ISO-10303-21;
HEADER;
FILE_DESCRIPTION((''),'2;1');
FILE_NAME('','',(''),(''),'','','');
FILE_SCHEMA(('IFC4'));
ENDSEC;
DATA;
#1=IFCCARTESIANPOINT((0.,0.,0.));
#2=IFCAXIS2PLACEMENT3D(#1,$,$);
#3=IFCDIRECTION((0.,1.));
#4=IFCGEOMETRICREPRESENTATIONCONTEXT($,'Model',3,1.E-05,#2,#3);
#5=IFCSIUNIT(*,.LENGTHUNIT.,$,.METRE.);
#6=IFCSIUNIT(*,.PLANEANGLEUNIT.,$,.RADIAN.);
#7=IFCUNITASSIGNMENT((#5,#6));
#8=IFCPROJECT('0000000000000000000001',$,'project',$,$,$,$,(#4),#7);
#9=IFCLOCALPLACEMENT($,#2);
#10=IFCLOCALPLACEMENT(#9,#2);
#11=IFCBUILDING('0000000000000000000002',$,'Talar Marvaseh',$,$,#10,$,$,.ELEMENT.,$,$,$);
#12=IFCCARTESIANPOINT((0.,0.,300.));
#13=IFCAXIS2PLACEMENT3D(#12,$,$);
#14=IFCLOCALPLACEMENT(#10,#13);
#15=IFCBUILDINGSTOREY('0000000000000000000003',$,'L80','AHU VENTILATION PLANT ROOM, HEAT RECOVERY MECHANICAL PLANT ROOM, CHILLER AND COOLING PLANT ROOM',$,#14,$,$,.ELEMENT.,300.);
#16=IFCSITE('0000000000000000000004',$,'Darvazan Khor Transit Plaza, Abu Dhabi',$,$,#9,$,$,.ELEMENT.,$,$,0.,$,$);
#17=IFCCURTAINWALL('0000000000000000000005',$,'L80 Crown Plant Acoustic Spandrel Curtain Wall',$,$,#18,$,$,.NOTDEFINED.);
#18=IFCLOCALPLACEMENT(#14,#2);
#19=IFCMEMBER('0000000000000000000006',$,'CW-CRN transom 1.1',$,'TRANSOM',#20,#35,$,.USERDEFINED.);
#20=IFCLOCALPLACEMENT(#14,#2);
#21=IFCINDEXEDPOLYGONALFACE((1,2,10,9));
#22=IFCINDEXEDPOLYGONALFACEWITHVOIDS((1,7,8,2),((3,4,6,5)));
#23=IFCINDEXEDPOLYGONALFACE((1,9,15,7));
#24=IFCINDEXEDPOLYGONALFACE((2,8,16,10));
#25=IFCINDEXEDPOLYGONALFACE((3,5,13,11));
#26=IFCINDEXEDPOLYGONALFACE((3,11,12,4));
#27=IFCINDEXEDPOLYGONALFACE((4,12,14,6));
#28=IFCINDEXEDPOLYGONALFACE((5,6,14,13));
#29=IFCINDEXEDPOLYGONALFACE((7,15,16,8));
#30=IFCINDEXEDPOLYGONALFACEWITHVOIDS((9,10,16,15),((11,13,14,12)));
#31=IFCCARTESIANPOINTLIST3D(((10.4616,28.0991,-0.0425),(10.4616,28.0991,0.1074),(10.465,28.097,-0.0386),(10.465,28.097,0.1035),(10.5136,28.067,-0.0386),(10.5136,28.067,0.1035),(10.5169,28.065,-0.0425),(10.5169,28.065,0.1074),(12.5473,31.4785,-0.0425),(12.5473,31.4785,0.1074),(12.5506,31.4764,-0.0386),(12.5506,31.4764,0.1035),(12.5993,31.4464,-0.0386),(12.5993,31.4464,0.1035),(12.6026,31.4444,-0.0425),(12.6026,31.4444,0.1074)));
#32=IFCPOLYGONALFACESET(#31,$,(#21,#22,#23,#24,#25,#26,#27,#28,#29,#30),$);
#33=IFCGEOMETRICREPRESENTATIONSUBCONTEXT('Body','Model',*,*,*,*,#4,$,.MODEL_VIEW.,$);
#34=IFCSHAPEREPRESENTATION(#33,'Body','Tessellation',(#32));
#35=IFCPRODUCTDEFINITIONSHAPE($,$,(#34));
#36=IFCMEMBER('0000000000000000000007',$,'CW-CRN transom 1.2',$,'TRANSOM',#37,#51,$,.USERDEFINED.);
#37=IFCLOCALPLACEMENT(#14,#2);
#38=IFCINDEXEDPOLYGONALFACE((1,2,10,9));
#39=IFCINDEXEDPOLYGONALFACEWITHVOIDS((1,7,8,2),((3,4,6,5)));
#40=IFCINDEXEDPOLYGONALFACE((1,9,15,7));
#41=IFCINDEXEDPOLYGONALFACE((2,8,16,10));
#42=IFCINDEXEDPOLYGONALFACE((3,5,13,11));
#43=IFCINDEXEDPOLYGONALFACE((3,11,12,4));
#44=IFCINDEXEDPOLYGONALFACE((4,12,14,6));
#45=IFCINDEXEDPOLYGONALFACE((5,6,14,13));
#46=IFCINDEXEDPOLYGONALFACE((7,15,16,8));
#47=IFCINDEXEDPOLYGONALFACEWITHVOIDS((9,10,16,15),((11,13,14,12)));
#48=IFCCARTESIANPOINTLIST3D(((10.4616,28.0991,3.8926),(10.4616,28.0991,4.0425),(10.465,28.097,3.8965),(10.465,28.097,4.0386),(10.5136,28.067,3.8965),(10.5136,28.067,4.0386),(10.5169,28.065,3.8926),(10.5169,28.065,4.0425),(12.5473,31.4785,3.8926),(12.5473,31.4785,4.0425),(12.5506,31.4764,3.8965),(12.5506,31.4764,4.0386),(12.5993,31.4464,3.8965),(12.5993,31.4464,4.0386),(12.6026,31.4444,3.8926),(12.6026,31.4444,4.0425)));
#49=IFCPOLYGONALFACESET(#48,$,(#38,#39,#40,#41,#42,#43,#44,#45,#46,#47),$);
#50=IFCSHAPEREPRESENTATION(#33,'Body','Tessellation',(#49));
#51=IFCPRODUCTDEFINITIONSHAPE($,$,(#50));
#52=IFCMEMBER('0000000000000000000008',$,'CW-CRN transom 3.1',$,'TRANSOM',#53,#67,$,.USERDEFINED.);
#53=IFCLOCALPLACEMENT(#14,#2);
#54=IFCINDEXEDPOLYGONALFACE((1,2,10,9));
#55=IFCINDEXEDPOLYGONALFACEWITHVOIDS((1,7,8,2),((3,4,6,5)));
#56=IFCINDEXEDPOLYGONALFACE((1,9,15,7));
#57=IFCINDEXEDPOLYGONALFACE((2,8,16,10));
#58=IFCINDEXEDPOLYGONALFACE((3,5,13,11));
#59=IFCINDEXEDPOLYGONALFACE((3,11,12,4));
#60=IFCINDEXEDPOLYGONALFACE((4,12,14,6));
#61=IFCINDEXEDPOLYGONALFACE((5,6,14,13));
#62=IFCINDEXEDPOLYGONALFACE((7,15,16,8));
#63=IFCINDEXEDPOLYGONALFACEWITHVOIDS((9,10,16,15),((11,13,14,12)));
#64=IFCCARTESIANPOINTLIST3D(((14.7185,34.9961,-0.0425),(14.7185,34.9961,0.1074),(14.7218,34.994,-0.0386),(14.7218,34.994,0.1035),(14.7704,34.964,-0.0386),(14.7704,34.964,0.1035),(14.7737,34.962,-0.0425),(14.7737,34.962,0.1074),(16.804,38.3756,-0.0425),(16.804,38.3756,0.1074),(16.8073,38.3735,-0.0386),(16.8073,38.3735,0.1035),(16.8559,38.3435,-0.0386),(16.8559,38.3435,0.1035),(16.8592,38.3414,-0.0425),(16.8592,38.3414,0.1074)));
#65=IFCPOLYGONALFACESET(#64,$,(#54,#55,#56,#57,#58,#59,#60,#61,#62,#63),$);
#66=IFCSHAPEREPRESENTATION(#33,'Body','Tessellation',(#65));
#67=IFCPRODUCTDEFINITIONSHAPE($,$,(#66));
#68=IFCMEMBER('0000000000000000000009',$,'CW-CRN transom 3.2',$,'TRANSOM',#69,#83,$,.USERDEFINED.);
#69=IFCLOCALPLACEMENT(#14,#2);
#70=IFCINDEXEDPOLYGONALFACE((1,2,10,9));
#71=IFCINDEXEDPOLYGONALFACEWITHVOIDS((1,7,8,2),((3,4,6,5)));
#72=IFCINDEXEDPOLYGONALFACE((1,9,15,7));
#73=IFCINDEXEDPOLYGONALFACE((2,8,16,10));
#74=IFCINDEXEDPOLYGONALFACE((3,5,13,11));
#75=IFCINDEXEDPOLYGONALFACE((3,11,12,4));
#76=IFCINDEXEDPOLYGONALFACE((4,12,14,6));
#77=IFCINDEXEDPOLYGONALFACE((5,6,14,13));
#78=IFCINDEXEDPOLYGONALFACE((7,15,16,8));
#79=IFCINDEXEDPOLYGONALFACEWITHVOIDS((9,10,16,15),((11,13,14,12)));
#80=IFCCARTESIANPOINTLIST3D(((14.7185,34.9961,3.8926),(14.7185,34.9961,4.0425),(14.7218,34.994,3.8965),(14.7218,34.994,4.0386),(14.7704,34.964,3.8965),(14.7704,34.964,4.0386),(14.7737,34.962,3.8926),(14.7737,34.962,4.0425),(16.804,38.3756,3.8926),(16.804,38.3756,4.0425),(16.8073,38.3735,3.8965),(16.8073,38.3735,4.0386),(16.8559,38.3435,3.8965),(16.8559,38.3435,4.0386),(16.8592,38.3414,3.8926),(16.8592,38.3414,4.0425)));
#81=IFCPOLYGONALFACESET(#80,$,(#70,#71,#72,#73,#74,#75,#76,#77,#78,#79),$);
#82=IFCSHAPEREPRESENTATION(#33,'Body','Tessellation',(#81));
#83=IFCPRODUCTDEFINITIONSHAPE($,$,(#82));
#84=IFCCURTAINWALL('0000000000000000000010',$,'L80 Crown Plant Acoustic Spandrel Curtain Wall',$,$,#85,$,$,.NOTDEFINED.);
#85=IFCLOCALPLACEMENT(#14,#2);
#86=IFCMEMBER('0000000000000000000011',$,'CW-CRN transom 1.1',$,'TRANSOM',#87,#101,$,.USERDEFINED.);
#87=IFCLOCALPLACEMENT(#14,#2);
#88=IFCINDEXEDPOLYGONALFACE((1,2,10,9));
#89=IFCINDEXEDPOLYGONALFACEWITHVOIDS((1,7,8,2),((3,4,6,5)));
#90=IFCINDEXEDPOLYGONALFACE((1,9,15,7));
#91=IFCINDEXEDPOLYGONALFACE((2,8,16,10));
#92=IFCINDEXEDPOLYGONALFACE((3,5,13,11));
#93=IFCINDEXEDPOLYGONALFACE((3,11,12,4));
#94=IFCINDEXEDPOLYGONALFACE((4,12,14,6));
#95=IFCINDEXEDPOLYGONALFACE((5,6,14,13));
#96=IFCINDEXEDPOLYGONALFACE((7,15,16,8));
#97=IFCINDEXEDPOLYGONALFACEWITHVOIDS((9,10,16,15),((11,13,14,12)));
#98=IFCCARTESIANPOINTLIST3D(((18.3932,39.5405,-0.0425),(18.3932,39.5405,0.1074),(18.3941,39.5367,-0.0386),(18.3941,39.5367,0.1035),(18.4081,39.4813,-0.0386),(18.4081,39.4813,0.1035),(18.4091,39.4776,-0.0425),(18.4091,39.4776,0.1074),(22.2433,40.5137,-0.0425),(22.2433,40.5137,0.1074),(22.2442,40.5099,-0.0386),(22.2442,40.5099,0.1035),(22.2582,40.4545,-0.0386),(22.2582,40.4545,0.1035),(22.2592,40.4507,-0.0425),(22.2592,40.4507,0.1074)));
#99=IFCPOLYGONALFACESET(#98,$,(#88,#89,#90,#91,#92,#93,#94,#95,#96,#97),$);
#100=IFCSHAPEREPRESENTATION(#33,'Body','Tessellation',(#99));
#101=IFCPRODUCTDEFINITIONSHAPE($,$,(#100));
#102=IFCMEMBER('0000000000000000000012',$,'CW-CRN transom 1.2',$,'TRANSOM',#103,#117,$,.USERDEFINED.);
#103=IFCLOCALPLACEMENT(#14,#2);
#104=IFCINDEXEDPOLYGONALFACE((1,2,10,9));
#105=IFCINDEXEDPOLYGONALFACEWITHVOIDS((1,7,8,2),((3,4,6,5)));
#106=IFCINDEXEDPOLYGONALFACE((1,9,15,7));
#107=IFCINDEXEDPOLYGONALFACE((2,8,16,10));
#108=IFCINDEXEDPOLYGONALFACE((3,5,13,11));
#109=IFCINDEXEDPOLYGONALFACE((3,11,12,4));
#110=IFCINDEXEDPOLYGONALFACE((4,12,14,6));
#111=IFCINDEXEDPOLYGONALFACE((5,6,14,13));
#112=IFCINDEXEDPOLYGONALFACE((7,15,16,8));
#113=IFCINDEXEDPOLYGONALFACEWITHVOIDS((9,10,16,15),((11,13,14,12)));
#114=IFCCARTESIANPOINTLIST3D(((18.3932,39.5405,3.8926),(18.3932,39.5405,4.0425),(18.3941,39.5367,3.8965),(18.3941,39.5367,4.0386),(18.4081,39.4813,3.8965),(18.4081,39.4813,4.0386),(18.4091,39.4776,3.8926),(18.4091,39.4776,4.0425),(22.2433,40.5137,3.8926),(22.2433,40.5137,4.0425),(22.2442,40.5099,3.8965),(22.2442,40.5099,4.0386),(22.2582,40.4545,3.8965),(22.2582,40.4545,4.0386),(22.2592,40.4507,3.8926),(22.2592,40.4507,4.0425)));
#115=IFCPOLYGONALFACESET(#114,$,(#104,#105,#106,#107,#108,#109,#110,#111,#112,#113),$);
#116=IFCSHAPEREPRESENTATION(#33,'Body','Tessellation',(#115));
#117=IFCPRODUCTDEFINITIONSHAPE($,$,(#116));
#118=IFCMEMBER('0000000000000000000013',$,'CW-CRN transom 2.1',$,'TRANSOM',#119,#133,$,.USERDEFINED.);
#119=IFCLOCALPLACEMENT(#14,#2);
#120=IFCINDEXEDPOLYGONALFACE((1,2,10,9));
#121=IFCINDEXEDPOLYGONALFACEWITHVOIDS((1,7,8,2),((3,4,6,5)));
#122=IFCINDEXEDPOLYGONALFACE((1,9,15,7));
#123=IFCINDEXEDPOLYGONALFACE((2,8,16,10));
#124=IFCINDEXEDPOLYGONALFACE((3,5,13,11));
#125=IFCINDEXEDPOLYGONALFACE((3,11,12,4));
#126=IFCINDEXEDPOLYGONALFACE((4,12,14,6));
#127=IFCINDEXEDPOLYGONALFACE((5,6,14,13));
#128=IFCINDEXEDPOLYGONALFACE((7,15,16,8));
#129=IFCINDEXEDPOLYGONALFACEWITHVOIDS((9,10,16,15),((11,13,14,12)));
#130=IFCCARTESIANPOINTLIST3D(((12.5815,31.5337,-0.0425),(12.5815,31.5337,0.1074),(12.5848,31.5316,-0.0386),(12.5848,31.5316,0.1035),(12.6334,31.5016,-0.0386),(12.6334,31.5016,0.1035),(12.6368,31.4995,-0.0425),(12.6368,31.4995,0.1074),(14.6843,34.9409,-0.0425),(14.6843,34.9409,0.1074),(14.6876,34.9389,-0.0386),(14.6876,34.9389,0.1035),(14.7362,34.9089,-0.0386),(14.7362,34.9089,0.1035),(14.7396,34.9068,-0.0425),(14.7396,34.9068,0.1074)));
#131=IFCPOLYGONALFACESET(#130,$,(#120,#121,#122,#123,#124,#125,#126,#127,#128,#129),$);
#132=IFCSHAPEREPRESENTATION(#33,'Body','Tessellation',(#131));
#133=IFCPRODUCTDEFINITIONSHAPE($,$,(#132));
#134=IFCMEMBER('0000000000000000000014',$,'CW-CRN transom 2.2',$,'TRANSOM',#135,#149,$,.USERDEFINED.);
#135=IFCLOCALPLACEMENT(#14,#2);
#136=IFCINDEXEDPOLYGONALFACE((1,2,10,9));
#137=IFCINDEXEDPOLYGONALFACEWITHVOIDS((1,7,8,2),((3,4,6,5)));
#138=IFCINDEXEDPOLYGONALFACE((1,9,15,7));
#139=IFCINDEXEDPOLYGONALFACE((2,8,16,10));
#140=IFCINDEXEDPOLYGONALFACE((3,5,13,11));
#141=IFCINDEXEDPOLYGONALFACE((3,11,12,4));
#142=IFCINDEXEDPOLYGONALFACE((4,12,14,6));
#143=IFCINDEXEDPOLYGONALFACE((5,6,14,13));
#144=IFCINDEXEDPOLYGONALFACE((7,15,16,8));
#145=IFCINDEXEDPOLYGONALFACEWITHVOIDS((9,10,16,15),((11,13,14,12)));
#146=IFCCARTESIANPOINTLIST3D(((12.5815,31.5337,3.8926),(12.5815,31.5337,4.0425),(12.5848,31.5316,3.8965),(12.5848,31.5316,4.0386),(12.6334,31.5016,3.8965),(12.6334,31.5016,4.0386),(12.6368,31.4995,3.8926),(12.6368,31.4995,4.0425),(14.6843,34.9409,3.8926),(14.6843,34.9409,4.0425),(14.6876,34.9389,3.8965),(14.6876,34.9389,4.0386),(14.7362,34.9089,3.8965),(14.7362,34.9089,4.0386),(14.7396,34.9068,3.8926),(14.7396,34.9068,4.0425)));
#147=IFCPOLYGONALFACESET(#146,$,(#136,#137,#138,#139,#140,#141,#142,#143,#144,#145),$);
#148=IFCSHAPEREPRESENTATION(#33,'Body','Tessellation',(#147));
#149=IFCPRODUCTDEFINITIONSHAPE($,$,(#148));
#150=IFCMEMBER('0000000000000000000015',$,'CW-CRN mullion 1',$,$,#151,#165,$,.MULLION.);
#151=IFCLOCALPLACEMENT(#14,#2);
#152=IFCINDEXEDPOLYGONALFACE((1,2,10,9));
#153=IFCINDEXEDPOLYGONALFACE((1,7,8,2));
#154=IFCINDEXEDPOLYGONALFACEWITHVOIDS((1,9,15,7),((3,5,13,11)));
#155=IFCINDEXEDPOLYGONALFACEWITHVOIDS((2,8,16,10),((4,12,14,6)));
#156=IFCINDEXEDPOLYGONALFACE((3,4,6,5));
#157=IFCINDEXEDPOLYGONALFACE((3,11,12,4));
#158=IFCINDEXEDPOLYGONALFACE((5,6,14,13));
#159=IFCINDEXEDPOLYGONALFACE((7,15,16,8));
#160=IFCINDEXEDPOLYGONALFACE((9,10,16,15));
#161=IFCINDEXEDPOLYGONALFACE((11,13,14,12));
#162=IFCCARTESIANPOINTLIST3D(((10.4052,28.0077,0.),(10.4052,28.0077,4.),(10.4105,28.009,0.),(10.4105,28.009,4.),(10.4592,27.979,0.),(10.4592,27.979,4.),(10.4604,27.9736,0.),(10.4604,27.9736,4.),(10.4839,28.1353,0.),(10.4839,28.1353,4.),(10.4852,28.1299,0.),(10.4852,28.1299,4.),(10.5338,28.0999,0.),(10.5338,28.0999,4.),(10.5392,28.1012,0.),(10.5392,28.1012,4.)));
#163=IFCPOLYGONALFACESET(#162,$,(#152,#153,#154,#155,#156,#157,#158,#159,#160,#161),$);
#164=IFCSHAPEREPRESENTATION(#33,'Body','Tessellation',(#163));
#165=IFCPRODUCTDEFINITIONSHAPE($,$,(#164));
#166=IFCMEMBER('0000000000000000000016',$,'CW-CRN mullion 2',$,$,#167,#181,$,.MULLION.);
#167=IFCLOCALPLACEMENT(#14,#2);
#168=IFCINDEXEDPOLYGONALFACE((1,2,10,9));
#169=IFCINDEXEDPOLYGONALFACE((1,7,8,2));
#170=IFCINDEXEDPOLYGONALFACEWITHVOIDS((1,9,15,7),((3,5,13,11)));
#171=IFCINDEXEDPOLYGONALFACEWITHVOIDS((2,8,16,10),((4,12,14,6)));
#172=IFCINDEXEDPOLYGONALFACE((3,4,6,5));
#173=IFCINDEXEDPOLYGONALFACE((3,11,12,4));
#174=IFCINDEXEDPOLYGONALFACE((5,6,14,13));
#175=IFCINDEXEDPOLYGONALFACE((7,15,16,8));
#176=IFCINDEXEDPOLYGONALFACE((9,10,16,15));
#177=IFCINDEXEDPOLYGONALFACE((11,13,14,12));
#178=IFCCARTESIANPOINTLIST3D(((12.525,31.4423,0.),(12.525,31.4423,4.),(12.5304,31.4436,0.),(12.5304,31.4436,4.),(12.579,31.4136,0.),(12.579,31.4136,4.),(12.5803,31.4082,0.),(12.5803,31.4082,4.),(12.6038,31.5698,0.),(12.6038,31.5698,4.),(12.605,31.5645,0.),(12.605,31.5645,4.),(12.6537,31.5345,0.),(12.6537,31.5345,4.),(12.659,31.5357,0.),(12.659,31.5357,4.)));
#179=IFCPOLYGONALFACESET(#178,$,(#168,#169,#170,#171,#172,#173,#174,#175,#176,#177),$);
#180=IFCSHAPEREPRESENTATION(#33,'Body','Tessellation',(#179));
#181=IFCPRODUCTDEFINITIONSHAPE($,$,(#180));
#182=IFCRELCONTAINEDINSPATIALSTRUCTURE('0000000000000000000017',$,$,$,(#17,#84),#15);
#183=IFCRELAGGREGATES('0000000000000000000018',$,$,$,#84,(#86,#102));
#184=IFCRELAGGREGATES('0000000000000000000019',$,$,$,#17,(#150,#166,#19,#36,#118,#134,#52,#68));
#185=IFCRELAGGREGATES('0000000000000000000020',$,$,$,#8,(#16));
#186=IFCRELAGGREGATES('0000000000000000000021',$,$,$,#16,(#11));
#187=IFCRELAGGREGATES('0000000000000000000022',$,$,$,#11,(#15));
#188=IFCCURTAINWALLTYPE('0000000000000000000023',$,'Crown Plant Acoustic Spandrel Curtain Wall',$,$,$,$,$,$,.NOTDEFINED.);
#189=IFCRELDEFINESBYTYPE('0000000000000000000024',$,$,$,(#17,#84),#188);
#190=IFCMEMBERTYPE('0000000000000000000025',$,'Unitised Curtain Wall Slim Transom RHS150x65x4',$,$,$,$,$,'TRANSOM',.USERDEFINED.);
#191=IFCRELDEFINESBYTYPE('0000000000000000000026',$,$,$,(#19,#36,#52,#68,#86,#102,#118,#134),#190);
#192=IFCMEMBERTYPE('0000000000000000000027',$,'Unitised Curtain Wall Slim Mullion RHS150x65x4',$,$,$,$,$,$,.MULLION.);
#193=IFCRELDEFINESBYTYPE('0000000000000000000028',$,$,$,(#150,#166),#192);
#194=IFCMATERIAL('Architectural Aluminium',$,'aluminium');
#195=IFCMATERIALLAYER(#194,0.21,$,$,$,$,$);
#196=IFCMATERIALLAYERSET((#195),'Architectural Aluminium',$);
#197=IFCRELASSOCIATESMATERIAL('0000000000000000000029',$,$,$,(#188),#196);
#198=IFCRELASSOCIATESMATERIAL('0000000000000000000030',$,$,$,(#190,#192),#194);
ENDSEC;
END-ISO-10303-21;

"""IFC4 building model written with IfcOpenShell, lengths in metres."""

from ifc_helpers import new_model, si_unit, direction, frame, origin, origin_2d, place, context, subcontext, project, spatial, hollow_rectangle, extrude, source, transform, mapped, material, layer, layer_set, material_profile, profile_set, type_object, type_shapes, element, aggregate, save


model = new_model("IFC4")

# Units and contexts
model_context = context("Model", 3, precision=1e-05, world=origin(), true_north=direction((0.0, 1.0)))
body_context = subcontext(model_context, "Body", "Model", "MODEL_VIEW")
ifc_project = project(units=[si_unit("LENGTHUNIT", "METRE"), si_unit("PLANEANGLEUNIT", "RADIAN")], contexts=[model_context])

# Site, building, storey
site_placement = place(None, origin())
site = spatial("IfcSite", under=ifc_project, at=site_placement, Name="Darvazan Khor Transit Plaza, Abu Dhabi", CompositionType="ELEMENT", RefElevation=0.0)
building_placement = place(site_placement, origin())
building = spatial("IfcBuilding", under=site, at=building_placement, Name="Talar Marvaseh", CompositionType="ELEMENT")
storey_placement = place(building_placement, frame((0.0, 0.0, 300.0)))
storey = spatial("IfcBuildingStorey", under=building, at=storey_placement, Name="L80", Description="AHU VENTILATION PLANT ROOM, HEAT RECOVERY MECHANICAL PLANT ROOM, CHILLER AND COOLING PLANT ROOM", CompositionType="ELEMENT", Elevation=300.0)

# Curtain walls, members
ifc_material_1 = material(Name="Architectural Aluminium", Category="aluminium")
ifc_layer_1 = layer(ifc_material_1, 0.21)
ifc_layer_set_1 = layer_set([ifc_layer_1], Name="Architectural Aluminium")
curtain_wall_type = type_object("IfcCurtainWallType", Name="Crown Plant Acoustic Spandrel Curtain Wall", PredefinedType="NOTDEFINED", material=ifc_layer_set_1)
curtain_wall_1_placement = place(storey_placement, origin())
curtain_wall_1 = element("IfcCurtainWall", 1, at=curtain_wall_1_placement, inside=storey, type_object=curtain_wall_type, Name="L80 Crown Plant Acoustic Spandrel Curtain Wall", PredefinedType="NOTDEFINED")
ifc_material_profile_1 = material_profile(ifc_material_1, hollow_rectangle(XDim=0.0649, YDim=0.1499, WallThickness=0.0039, at=origin_2d()), Name="RHS150x65x4")
ifc_profile_set_1 = profile_set([ifc_material_profile_1], Name="Architectural Aluminium")
member_type_1 = type_object("IfcMemberType", Name="Unitised Curtain Wall Slim Transom RHS150x65x4", ElementType="TRANSOM", PredefinedType="USERDEFINED", material=ifc_profile_set_1)
shared_shape_1 = source(origin(), body_context, "Body", "SweptSolid", [
    extrude(hollow_rectangle(XDim=0.0649, YDim=0.1499, WallThickness=0.0039, at=origin_2d()), origin(), (0.0, 0.0, 1.0), 3.9712),
])
member_1_placement = place(storey_placement, frame((10.4893, 28.082, 0.0325), z_axis=(0.525205, 0.850976, 0.0), x_axis=(-0.850976, 0.525205, 0.0)))
member_1 = element("IfcMember", 2, at=member_1_placement, type_object=member_type_1, Name="CW-CRN transom 1.1", ObjectType="TRANSOM", PredefinedType="USERDEFINED", context=body_context, shape_type="MappedRepresentation", body=[
    mapped(shared_shape_1, transform((0.0, 0.0, 0.0), x_axis=(1.0, 0.0, 0.0), y_axis=(0.0, 1.0, 0.0), z_axis=(0.0, 0.0, 1.0), scale=1.0)),
])
member_2_placement = place(storey_placement, frame((10.4893, 28.082, 3.9675), z_axis=(0.525205, 0.850976, 0.0), x_axis=(-0.850976, 0.525205, 0.0)))
member_2 = element("IfcMember", 3, at=member_2_placement, type_object=member_type_1, Name="CW-CRN transom 1.2", ObjectType="TRANSOM", PredefinedType="USERDEFINED", context=body_context, shape_type="MappedRepresentation", body=[
    mapped(shared_shape_1, transform((0.0, 0.0, 0.0), x_axis=(1.0, 0.0, 0.0), y_axis=(0.0, 1.0, 0.0), z_axis=(0.0, 0.0, 1.0), scale=1.0)),
])
member_3_placement = place(storey_placement, frame((14.7461, 34.979, 0.0325), z_axis=(0.52516, 0.851003, 0.0), x_axis=(-0.851003, 0.52516, 0.0)))
member_3 = element("IfcMember", 4, at=member_3_placement, type_object=member_type_1, Name="CW-CRN transom 3.1", ObjectType="TRANSOM", PredefinedType="USERDEFINED", context=body_context, shape_type="MappedRepresentation", body=[
    mapped(shared_shape_1, transform((0.0, 0.0, 0.0), x_axis=(1.0, 0.0, 0.0), y_axis=(0.0, 1.0, 0.0), z_axis=(0.0, 0.0, 1.0), scale=1.0)),
])
member_4_placement = place(storey_placement, frame((14.7461, 34.979, 3.9675), z_axis=(0.52516, 0.851003, 0.0), x_axis=(-0.851003, 0.52516, 0.0)))
member_4 = element("IfcMember", 5, at=member_4_placement, type_object=member_type_1, Name="CW-CRN transom 3.2", ObjectType="TRANSOM", PredefinedType="USERDEFINED", context=body_context, shape_type="MappedRepresentation", body=[
    mapped(shared_shape_1, transform((0.0, 0.0, 0.0), x_axis=(1.0, 0.0, 0.0), y_axis=(0.0, 1.0, 0.0), z_axis=(0.0, 0.0, 1.0), scale=1.0)),
])
curtain_wall_2_placement = place(storey_placement, origin())
curtain_wall_2 = element("IfcCurtainWall", 6, at=curtain_wall_2_placement, inside=storey, type_object=curtain_wall_type, Name="L80 Crown Plant Acoustic Spandrel Curtain Wall", PredefinedType="NOTDEFINED")
member_5_placement = place(storey_placement, frame((18.4011, 39.509, 0.0325), z_axis=(0.96951, 0.245052, 0.0), x_axis=(-0.245052, 0.96951, 0.0)))
member_5 = element("IfcMember", 7, at=member_5_placement, type_object=member_type_1, Name="CW-CRN transom 1.1", ObjectType="TRANSOM", PredefinedType="USERDEFINED", context=body_context, shape_type="MappedRepresentation", body=[
    mapped(shared_shape_1, transform((0.0, 0.0, 0.0), x_axis=(1.0, 0.0, 0.0), y_axis=(0.0, 1.0, 0.0), z_axis=(0.0, 0.0, 1.0), scale=1.0)),
])
member_6_placement = place(storey_placement, frame((18.4011, 39.509, 3.9675), z_axis=(0.96951, 0.245052, 0.0), x_axis=(-0.245052, 0.96951, 0.0)))
member_6 = element("IfcMember", 8, at=member_6_placement, type_object=member_type_1, Name="CW-CRN transom 1.2", ObjectType="TRANSOM", PredefinedType="USERDEFINED", context=body_context, shape_type="MappedRepresentation", body=[
    mapped(shared_shape_1, transform((0.0, 0.0, 0.0), x_axis=(1.0, 0.0, 0.0), y_axis=(0.0, 1.0, 0.0), z_axis=(0.0, 0.0, 1.0), scale=1.0)),
])

# Members
shared_shape_2 = source(origin(), body_context, "Body", "SweptSolid", [
    extrude(hollow_rectangle(XDim=0.0649, YDim=0.1499, WallThickness=0.0039, at=origin_2d()), origin(), (0.0, 0.0, 1.0), 4.0039),
])
type_shapes(member_type_1, [shared_shape_1, shared_shape_2])
member_7_placement = place(storey_placement, frame((12.6091, 31.5166, 0.0325), z_axis=(0.525189, 0.850986, 0.0), x_axis=(-0.850986, 0.525189, 0.0)))
member_7 = element("IfcMember", 9, at=member_7_placement, type_object=member_type_1, Name="CW-CRN transom 2.1", ObjectType="TRANSOM", PredefinedType="USERDEFINED", context=body_context, shape_type="MappedRepresentation", body=[
    mapped(shared_shape_2, transform((0.0, 0.0, 0.0), x_axis=(1.0, 0.0, 0.0), y_axis=(0.0, 1.0, 0.0), z_axis=(0.0, 0.0, 1.0), scale=1.0)),
])
member_8_placement = place(storey_placement, frame((12.6091, 31.5166, 3.9675), z_axis=(0.525189, 0.850986, 0.0), x_axis=(-0.850986, 0.525189, 0.0)))
member_8 = element("IfcMember", 10, at=member_8_placement, type_object=member_type_1, Name="CW-CRN transom 2.2", ObjectType="TRANSOM", PredefinedType="USERDEFINED", context=body_context, shape_type="MappedRepresentation", body=[
    mapped(shared_shape_2, transform((0.0, 0.0, 0.0), x_axis=(1.0, 0.0, 0.0), y_axis=(0.0, 1.0, 0.0), z_axis=(0.0, 0.0, 1.0), scale=1.0)),
])
ifc_material_profile_2 = material_profile(ifc_material_1, hollow_rectangle(XDim=0.0649, YDim=0.1499, WallThickness=0.0039, at=origin_2d()), Name="RHS150x65x4")
ifc_profile_set_2 = profile_set([ifc_material_profile_2], Name="Architectural Aluminium")
member_type_2 = type_object("IfcMemberType", Name="Unitised Curtain Wall Slim Mullion RHS150x65x4", PredefinedType="MULLION", material=ifc_profile_set_2)
shared_shape_3 = source(origin(), body_context, "Body", "SweptSolid", [
    extrude(hollow_rectangle(XDim=0.0649, YDim=0.1499, WallThickness=0.0039, at=origin_2d()), origin(), (0.0, 0.0, 1.0), 4.0),
])
type_shapes(member_type_2, [shared_shape_3])
member_9_placement = place(storey_placement, frame((10.4722, 28.0544, 0.0), z_axis=(0.0, 0.0, 1.0), x_axis=(-0.850977, 0.525202, 0.0)))
member_9 = element("IfcMember", 11, at=member_9_placement, type_object=member_type_2, Name="CW-CRN mullion 1", PredefinedType="MULLION", context=body_context, shape_type="MappedRepresentation", body=[
    mapped(shared_shape_3, transform((0.0, 0.0, 0.0), x_axis=(1.0, 0.0, 0.0), y_axis=(0.0, 1.0, 0.0), z_axis=(0.0, 0.0, 1.0), scale=1.0)),
])
member_10_placement = place(storey_placement, frame((12.592, 31.489, 0.0), z_axis=(0.0, 0.0, 1.0), x_axis=(-0.850977, 0.525202, 0.0)))
member_10 = element("IfcMember", 12, at=member_10_placement, type_object=member_type_2, Name="CW-CRN mullion 2", PredefinedType="MULLION", context=body_context, shape_type="MappedRepresentation", body=[
    mapped(shared_shape_3, transform((0.0, 0.0, 0.0), x_axis=(1.0, 0.0, 0.0), y_axis=(0.0, 1.0, 0.0), z_axis=(0.0, 0.0, 1.0), scale=1.0)),
])
aggregate(curtain_wall_2, [member_5, member_6])

aggregate(curtain_wall_1, [member_9, member_10, member_1, member_2, member_7, member_8, member_3, member_4])

save(model, "model.ifc")
